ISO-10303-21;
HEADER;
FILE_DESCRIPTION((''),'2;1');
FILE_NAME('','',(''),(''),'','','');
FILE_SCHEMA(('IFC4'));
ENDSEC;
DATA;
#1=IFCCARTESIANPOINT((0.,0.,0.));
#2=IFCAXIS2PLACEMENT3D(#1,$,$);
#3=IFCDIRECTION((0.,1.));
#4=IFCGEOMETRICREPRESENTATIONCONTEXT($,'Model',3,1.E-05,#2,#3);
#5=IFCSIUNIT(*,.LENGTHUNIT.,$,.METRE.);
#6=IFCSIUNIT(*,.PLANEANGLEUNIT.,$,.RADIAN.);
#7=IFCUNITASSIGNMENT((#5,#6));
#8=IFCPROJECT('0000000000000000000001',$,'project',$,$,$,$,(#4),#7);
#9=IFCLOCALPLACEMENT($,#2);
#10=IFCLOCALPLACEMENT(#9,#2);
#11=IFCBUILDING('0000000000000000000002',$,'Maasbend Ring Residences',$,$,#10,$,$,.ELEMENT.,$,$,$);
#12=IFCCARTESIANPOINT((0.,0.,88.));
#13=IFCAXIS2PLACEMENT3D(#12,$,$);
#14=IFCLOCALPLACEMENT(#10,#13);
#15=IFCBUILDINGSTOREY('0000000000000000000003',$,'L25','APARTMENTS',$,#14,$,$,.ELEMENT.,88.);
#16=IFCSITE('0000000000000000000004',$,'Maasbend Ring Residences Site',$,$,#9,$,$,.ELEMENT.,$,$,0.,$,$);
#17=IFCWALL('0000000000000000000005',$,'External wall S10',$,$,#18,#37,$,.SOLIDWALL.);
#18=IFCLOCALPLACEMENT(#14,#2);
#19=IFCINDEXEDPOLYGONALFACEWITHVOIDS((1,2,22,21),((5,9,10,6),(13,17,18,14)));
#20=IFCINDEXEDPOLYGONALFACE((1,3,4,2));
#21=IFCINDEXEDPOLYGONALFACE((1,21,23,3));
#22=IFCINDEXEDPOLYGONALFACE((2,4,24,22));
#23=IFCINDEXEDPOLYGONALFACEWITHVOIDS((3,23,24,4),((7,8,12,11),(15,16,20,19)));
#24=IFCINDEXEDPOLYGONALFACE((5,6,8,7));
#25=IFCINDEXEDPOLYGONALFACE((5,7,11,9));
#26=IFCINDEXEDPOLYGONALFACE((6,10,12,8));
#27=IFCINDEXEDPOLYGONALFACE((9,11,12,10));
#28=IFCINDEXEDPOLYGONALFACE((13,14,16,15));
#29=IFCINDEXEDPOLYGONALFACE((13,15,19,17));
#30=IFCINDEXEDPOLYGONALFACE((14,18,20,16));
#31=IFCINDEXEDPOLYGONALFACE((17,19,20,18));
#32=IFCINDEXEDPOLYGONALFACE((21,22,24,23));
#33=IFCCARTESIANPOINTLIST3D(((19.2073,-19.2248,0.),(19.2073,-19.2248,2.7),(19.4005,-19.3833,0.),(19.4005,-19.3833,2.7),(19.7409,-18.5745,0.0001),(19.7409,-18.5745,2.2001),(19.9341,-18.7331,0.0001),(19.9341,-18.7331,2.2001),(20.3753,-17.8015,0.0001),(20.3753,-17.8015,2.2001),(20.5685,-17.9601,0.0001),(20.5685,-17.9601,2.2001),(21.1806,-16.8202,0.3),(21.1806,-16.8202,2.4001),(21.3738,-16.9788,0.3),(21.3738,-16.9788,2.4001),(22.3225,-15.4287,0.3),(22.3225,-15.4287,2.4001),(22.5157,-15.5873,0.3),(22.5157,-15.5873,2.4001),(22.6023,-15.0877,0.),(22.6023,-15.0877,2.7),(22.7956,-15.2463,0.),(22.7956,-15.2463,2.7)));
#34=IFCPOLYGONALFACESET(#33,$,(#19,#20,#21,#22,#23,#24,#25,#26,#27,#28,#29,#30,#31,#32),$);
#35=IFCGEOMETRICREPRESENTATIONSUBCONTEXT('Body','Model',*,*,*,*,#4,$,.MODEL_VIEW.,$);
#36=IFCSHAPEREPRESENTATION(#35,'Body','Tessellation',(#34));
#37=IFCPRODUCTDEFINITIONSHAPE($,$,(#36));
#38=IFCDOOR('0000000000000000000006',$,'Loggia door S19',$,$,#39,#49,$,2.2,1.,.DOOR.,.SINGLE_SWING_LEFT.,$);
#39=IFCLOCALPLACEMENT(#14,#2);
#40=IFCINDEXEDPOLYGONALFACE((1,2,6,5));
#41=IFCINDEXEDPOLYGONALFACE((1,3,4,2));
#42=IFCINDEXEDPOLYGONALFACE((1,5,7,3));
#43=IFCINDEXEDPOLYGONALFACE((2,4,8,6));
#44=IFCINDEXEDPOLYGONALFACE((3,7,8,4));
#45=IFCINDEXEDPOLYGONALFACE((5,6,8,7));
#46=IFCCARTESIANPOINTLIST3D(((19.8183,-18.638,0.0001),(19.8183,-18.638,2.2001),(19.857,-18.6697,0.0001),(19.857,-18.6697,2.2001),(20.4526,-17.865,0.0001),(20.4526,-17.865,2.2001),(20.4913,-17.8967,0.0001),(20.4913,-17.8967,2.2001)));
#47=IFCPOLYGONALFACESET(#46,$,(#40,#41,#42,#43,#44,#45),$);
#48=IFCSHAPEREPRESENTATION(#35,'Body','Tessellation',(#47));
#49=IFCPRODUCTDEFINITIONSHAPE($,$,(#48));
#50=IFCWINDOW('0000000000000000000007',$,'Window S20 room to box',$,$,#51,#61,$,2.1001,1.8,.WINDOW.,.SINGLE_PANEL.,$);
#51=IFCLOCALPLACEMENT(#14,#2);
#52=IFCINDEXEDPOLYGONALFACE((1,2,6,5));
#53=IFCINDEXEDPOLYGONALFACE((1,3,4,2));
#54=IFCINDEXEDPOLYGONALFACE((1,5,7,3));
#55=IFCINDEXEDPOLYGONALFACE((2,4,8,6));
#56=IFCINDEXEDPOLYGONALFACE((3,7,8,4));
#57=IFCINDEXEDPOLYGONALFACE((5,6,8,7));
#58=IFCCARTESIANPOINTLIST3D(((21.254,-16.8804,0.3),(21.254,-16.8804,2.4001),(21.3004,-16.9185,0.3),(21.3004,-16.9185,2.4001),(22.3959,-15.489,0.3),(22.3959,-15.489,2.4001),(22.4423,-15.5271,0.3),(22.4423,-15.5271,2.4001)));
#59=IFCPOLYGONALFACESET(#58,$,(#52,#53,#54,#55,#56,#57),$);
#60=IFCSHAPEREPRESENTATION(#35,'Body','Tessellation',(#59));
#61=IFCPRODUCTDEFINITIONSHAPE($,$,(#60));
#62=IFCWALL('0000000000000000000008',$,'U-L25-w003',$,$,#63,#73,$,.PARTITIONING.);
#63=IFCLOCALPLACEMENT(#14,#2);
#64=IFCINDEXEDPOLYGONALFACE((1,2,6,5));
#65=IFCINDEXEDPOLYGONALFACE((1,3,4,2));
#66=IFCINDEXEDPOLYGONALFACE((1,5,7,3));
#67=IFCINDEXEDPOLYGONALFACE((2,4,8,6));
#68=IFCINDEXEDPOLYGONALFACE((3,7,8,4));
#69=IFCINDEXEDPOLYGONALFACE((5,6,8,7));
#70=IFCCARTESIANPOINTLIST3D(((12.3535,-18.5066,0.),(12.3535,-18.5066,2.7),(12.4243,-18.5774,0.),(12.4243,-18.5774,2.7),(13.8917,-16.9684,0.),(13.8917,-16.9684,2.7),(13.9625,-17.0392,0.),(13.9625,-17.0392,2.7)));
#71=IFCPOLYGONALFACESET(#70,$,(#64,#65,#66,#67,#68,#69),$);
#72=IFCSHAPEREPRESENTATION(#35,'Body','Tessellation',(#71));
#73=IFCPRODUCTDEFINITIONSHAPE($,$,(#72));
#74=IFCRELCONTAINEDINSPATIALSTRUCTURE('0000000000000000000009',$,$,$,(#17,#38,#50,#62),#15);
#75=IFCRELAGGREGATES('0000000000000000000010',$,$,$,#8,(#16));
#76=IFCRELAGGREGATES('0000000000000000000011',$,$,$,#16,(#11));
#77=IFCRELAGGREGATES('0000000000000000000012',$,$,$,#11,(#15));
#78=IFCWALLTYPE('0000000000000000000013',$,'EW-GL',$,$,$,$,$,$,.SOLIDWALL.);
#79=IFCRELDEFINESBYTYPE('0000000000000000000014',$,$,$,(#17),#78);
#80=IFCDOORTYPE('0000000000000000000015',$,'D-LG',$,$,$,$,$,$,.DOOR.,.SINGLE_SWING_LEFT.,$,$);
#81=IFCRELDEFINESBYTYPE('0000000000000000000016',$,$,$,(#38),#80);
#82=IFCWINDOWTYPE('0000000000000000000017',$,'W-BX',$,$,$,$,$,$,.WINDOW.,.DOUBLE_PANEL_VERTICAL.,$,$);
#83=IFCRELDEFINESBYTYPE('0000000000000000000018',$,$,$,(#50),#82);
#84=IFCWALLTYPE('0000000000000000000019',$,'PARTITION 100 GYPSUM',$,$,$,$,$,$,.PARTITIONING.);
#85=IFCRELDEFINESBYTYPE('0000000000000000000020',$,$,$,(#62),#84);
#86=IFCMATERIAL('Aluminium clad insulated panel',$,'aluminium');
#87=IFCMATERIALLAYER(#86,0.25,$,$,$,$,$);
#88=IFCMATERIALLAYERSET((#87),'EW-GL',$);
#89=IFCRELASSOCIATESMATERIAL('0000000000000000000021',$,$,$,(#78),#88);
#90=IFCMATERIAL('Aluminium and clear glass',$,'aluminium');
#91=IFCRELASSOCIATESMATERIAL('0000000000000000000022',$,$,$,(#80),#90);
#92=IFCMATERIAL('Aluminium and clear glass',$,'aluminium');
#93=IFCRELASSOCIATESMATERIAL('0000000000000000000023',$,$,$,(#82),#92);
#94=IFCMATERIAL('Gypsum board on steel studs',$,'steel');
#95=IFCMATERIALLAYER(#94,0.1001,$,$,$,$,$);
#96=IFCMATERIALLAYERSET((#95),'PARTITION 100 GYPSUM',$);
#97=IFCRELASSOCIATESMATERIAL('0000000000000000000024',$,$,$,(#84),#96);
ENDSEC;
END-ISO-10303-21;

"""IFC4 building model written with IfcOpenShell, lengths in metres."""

from ifc_helpers import new_model, si_unit, direction, frame, frame_2d, origin, place, context, subcontext, project, spatial, rectangle, extrude, material, layer, layer_set, type_object, element, fill, save


model = new_model("IFC4")

# Units and contexts
model_context = context("Model", 3, precision=1e-05, world=origin(), true_north=direction((0.0, 1.0)))
body_context = subcontext(model_context, "Body", "Model", "MODEL_VIEW")
ifc_project = project(units=[si_unit("LENGTHUNIT", "METRE"), si_unit("PLANEANGLEUNIT", "RADIAN")], contexts=[model_context])

# Site, building, storey
site_placement = place(None, origin())
site = spatial("IfcSite", under=ifc_project, at=site_placement, Name="Maasbend Ring Residences Site", CompositionType="ELEMENT", RefElevation=0.0)
building_placement = place(site_placement, origin())
building = spatial("IfcBuilding", under=site, at=building_placement, Name="Maasbend Ring Residences", CompositionType="ELEMENT")
storey_placement = place(building_placement, frame((0.0, 0.0, 88.0)))
storey = spatial("IfcBuildingStorey", under=building, at=storey_placement, Name="L25", Description="APARTMENTS", CompositionType="ELEMENT", Elevation=88.0)

# Wall, openings, door, window
ifc_material_1 = material(Name="Aluminium clad insulated panel", Category="aluminium")
ifc_layer_1 = layer(ifc_material_1, 0.25)
ifc_layer_set_1 = layer_set([ifc_layer_1], Name="EW-GL")
wall_type_1 = type_object("IfcWallType", Name="EW-GL", PredefinedType="SOLIDWALL", material=ifc_layer_set_1)
ifc_material_2 = material(Name="Aluminium and clear glass", Category="aluminium")
door_type = type_object("IfcDoorType", Name="D-LG", OperationType="SINGLE_SWING_LEFT", PredefinedType="DOOR", material=ifc_material_2)
ifc_material_3 = material(Name="Aluminium and clear glass", Category="aluminium")
window_type_1 = type_object("IfcWindowType", Name="W-BX", PartitioningType="DOUBLE_PANEL_VERTICAL", PredefinedType="WINDOW", material=ifc_material_3)
wall_1_placement = place(storey_placement, frame((19.304, -19.304, 0.0), z_axis=(0.0, 0.0, 1.0), x_axis=(0.634382, 0.773019, 0.0)))
wall_1 = element("IfcWall", 1, at=wall_1_placement, inside=storey, type_object=wall_type_1, Name="External wall S10", PredefinedType="SOLIDWALL", context=body_context, shape_type="SweptSolid", body=[
    extrude(rectangle(XDim=5.3518, YDim=0.25, at=frame_2d((2.6758, 0.0))), origin(), (0.0, 0.0, 1.0), 2.7),
])
opening_1_placement = place(wall_1_placement, frame((0.8411, 0.0, 0.0)))
opening_1 = element("IfcOpeningElement", 2, at=opening_1_placement, cuts=wall_1, PredefinedType="OPENING", context=body_context, shape_type="SweptSolid", body=[
    extrude(rectangle(XDim=1.0, YDim=2.2, at=frame_2d((0.5, 1.1001))), frame((0.0, 0.135, 0.0), z_axis=(0.0, -1.0, 0.0), x_axis=(1.0, 0.0, 0.0)), (0.0, 0.0, 1.0), 0.27),
])
opening_2_placement = place(wall_1_placement, frame((3.1106, 0.0, 0.3)))
opening_2 = element("IfcOpeningElement", 3, at=opening_2_placement, cuts=wall_1, PredefinedType="OPENING", context=body_context, shape_type="SweptSolid", body=[
    extrude(rectangle(XDim=1.8, YDim=2.1001, at=frame_2d((0.8999, 1.05))), frame((0.0, 0.135, 0.0), z_axis=(0.0, -1.0, 0.0), x_axis=(1.0, 0.0, 0.0)), (0.0, 0.0, 1.0), 0.27),
])
door_1_placement = place(opening_1_placement, origin())
door_1 = element("IfcDoor", 4, at=door_1_placement, inside=storey, type_object=door_type, Name="Loggia door S19", OperationType="SINGLE_SWING_LEFT", OverallHeight=2.2, OverallWidth=1.0, PredefinedType="DOOR", context=body_context, shape_type="SweptSolid", body=[
    extrude(rectangle(XDim=1.0, YDim=2.2, at=frame_2d((0.5, 1.1001))), frame((0.0, 0.0249, 0.0), z_axis=(0.0, -1.0, 0.0), x_axis=(1.0, 0.0, 0.0)), (0.0, 0.0, 1.0), 0.05),
])
fill(opening_1, door_1)
window_1_placement = place(opening_2_placement, origin())
window_1 = element("IfcWindow", 5, at=window_1_placement, inside=storey, type_object=window_type_1, Name="Window S20 room to box", OverallHeight=2.1001, OverallWidth=1.8, PartitioningType="SINGLE_PANEL", PredefinedType="WINDOW", context=body_context, shape_type="SweptSolid", body=[
    extrude(rectangle(XDim=1.8, YDim=2.1001, at=frame_2d((0.8999, 1.05))), frame((0.0, 0.03, 0.0), z_axis=(0.0, -1.0, 0.0), x_axis=(1.0, 0.0, 0.0)), (0.0, 0.0, 1.0), 0.0601),
])
fill(opening_2, window_1)

# Wall
ifc_material_4 = material(Name="Gypsum board on steel studs", Category="steel")
ifc_layer_2 = layer(ifc_material_4, 0.1001)
ifc_layer_set_2 = layer_set([ifc_layer_2], Name="PARTITION 100 GYPSUM")
wall_type_2 = type_object("IfcWallType", Name="PARTITION 100 GYPSUM", PredefinedType="PARTITIONING", material=ifc_layer_set_2)
wall_2_placement = place(storey_placement, frame((12.3889, -18.542, 0.0), z_axis=(0.0, 0.0, 1.0), x_axis=(0.707107, 0.707107, 0.0)))
element("IfcWall", 6, at=wall_2_placement, inside=storey, type_object=wall_type_2, Name="U-L25-w003", PredefinedType="PARTITIONING", context=body_context, shape_type="SweptSolid", body=[
    extrude(rectangle(XDim=2.1753, YDim=0.1001, at=frame_2d((1.0876, 0.0))), origin(), (0.0, 0.0, 1.0), 2.7),
])

save(model, "model.ifc")
